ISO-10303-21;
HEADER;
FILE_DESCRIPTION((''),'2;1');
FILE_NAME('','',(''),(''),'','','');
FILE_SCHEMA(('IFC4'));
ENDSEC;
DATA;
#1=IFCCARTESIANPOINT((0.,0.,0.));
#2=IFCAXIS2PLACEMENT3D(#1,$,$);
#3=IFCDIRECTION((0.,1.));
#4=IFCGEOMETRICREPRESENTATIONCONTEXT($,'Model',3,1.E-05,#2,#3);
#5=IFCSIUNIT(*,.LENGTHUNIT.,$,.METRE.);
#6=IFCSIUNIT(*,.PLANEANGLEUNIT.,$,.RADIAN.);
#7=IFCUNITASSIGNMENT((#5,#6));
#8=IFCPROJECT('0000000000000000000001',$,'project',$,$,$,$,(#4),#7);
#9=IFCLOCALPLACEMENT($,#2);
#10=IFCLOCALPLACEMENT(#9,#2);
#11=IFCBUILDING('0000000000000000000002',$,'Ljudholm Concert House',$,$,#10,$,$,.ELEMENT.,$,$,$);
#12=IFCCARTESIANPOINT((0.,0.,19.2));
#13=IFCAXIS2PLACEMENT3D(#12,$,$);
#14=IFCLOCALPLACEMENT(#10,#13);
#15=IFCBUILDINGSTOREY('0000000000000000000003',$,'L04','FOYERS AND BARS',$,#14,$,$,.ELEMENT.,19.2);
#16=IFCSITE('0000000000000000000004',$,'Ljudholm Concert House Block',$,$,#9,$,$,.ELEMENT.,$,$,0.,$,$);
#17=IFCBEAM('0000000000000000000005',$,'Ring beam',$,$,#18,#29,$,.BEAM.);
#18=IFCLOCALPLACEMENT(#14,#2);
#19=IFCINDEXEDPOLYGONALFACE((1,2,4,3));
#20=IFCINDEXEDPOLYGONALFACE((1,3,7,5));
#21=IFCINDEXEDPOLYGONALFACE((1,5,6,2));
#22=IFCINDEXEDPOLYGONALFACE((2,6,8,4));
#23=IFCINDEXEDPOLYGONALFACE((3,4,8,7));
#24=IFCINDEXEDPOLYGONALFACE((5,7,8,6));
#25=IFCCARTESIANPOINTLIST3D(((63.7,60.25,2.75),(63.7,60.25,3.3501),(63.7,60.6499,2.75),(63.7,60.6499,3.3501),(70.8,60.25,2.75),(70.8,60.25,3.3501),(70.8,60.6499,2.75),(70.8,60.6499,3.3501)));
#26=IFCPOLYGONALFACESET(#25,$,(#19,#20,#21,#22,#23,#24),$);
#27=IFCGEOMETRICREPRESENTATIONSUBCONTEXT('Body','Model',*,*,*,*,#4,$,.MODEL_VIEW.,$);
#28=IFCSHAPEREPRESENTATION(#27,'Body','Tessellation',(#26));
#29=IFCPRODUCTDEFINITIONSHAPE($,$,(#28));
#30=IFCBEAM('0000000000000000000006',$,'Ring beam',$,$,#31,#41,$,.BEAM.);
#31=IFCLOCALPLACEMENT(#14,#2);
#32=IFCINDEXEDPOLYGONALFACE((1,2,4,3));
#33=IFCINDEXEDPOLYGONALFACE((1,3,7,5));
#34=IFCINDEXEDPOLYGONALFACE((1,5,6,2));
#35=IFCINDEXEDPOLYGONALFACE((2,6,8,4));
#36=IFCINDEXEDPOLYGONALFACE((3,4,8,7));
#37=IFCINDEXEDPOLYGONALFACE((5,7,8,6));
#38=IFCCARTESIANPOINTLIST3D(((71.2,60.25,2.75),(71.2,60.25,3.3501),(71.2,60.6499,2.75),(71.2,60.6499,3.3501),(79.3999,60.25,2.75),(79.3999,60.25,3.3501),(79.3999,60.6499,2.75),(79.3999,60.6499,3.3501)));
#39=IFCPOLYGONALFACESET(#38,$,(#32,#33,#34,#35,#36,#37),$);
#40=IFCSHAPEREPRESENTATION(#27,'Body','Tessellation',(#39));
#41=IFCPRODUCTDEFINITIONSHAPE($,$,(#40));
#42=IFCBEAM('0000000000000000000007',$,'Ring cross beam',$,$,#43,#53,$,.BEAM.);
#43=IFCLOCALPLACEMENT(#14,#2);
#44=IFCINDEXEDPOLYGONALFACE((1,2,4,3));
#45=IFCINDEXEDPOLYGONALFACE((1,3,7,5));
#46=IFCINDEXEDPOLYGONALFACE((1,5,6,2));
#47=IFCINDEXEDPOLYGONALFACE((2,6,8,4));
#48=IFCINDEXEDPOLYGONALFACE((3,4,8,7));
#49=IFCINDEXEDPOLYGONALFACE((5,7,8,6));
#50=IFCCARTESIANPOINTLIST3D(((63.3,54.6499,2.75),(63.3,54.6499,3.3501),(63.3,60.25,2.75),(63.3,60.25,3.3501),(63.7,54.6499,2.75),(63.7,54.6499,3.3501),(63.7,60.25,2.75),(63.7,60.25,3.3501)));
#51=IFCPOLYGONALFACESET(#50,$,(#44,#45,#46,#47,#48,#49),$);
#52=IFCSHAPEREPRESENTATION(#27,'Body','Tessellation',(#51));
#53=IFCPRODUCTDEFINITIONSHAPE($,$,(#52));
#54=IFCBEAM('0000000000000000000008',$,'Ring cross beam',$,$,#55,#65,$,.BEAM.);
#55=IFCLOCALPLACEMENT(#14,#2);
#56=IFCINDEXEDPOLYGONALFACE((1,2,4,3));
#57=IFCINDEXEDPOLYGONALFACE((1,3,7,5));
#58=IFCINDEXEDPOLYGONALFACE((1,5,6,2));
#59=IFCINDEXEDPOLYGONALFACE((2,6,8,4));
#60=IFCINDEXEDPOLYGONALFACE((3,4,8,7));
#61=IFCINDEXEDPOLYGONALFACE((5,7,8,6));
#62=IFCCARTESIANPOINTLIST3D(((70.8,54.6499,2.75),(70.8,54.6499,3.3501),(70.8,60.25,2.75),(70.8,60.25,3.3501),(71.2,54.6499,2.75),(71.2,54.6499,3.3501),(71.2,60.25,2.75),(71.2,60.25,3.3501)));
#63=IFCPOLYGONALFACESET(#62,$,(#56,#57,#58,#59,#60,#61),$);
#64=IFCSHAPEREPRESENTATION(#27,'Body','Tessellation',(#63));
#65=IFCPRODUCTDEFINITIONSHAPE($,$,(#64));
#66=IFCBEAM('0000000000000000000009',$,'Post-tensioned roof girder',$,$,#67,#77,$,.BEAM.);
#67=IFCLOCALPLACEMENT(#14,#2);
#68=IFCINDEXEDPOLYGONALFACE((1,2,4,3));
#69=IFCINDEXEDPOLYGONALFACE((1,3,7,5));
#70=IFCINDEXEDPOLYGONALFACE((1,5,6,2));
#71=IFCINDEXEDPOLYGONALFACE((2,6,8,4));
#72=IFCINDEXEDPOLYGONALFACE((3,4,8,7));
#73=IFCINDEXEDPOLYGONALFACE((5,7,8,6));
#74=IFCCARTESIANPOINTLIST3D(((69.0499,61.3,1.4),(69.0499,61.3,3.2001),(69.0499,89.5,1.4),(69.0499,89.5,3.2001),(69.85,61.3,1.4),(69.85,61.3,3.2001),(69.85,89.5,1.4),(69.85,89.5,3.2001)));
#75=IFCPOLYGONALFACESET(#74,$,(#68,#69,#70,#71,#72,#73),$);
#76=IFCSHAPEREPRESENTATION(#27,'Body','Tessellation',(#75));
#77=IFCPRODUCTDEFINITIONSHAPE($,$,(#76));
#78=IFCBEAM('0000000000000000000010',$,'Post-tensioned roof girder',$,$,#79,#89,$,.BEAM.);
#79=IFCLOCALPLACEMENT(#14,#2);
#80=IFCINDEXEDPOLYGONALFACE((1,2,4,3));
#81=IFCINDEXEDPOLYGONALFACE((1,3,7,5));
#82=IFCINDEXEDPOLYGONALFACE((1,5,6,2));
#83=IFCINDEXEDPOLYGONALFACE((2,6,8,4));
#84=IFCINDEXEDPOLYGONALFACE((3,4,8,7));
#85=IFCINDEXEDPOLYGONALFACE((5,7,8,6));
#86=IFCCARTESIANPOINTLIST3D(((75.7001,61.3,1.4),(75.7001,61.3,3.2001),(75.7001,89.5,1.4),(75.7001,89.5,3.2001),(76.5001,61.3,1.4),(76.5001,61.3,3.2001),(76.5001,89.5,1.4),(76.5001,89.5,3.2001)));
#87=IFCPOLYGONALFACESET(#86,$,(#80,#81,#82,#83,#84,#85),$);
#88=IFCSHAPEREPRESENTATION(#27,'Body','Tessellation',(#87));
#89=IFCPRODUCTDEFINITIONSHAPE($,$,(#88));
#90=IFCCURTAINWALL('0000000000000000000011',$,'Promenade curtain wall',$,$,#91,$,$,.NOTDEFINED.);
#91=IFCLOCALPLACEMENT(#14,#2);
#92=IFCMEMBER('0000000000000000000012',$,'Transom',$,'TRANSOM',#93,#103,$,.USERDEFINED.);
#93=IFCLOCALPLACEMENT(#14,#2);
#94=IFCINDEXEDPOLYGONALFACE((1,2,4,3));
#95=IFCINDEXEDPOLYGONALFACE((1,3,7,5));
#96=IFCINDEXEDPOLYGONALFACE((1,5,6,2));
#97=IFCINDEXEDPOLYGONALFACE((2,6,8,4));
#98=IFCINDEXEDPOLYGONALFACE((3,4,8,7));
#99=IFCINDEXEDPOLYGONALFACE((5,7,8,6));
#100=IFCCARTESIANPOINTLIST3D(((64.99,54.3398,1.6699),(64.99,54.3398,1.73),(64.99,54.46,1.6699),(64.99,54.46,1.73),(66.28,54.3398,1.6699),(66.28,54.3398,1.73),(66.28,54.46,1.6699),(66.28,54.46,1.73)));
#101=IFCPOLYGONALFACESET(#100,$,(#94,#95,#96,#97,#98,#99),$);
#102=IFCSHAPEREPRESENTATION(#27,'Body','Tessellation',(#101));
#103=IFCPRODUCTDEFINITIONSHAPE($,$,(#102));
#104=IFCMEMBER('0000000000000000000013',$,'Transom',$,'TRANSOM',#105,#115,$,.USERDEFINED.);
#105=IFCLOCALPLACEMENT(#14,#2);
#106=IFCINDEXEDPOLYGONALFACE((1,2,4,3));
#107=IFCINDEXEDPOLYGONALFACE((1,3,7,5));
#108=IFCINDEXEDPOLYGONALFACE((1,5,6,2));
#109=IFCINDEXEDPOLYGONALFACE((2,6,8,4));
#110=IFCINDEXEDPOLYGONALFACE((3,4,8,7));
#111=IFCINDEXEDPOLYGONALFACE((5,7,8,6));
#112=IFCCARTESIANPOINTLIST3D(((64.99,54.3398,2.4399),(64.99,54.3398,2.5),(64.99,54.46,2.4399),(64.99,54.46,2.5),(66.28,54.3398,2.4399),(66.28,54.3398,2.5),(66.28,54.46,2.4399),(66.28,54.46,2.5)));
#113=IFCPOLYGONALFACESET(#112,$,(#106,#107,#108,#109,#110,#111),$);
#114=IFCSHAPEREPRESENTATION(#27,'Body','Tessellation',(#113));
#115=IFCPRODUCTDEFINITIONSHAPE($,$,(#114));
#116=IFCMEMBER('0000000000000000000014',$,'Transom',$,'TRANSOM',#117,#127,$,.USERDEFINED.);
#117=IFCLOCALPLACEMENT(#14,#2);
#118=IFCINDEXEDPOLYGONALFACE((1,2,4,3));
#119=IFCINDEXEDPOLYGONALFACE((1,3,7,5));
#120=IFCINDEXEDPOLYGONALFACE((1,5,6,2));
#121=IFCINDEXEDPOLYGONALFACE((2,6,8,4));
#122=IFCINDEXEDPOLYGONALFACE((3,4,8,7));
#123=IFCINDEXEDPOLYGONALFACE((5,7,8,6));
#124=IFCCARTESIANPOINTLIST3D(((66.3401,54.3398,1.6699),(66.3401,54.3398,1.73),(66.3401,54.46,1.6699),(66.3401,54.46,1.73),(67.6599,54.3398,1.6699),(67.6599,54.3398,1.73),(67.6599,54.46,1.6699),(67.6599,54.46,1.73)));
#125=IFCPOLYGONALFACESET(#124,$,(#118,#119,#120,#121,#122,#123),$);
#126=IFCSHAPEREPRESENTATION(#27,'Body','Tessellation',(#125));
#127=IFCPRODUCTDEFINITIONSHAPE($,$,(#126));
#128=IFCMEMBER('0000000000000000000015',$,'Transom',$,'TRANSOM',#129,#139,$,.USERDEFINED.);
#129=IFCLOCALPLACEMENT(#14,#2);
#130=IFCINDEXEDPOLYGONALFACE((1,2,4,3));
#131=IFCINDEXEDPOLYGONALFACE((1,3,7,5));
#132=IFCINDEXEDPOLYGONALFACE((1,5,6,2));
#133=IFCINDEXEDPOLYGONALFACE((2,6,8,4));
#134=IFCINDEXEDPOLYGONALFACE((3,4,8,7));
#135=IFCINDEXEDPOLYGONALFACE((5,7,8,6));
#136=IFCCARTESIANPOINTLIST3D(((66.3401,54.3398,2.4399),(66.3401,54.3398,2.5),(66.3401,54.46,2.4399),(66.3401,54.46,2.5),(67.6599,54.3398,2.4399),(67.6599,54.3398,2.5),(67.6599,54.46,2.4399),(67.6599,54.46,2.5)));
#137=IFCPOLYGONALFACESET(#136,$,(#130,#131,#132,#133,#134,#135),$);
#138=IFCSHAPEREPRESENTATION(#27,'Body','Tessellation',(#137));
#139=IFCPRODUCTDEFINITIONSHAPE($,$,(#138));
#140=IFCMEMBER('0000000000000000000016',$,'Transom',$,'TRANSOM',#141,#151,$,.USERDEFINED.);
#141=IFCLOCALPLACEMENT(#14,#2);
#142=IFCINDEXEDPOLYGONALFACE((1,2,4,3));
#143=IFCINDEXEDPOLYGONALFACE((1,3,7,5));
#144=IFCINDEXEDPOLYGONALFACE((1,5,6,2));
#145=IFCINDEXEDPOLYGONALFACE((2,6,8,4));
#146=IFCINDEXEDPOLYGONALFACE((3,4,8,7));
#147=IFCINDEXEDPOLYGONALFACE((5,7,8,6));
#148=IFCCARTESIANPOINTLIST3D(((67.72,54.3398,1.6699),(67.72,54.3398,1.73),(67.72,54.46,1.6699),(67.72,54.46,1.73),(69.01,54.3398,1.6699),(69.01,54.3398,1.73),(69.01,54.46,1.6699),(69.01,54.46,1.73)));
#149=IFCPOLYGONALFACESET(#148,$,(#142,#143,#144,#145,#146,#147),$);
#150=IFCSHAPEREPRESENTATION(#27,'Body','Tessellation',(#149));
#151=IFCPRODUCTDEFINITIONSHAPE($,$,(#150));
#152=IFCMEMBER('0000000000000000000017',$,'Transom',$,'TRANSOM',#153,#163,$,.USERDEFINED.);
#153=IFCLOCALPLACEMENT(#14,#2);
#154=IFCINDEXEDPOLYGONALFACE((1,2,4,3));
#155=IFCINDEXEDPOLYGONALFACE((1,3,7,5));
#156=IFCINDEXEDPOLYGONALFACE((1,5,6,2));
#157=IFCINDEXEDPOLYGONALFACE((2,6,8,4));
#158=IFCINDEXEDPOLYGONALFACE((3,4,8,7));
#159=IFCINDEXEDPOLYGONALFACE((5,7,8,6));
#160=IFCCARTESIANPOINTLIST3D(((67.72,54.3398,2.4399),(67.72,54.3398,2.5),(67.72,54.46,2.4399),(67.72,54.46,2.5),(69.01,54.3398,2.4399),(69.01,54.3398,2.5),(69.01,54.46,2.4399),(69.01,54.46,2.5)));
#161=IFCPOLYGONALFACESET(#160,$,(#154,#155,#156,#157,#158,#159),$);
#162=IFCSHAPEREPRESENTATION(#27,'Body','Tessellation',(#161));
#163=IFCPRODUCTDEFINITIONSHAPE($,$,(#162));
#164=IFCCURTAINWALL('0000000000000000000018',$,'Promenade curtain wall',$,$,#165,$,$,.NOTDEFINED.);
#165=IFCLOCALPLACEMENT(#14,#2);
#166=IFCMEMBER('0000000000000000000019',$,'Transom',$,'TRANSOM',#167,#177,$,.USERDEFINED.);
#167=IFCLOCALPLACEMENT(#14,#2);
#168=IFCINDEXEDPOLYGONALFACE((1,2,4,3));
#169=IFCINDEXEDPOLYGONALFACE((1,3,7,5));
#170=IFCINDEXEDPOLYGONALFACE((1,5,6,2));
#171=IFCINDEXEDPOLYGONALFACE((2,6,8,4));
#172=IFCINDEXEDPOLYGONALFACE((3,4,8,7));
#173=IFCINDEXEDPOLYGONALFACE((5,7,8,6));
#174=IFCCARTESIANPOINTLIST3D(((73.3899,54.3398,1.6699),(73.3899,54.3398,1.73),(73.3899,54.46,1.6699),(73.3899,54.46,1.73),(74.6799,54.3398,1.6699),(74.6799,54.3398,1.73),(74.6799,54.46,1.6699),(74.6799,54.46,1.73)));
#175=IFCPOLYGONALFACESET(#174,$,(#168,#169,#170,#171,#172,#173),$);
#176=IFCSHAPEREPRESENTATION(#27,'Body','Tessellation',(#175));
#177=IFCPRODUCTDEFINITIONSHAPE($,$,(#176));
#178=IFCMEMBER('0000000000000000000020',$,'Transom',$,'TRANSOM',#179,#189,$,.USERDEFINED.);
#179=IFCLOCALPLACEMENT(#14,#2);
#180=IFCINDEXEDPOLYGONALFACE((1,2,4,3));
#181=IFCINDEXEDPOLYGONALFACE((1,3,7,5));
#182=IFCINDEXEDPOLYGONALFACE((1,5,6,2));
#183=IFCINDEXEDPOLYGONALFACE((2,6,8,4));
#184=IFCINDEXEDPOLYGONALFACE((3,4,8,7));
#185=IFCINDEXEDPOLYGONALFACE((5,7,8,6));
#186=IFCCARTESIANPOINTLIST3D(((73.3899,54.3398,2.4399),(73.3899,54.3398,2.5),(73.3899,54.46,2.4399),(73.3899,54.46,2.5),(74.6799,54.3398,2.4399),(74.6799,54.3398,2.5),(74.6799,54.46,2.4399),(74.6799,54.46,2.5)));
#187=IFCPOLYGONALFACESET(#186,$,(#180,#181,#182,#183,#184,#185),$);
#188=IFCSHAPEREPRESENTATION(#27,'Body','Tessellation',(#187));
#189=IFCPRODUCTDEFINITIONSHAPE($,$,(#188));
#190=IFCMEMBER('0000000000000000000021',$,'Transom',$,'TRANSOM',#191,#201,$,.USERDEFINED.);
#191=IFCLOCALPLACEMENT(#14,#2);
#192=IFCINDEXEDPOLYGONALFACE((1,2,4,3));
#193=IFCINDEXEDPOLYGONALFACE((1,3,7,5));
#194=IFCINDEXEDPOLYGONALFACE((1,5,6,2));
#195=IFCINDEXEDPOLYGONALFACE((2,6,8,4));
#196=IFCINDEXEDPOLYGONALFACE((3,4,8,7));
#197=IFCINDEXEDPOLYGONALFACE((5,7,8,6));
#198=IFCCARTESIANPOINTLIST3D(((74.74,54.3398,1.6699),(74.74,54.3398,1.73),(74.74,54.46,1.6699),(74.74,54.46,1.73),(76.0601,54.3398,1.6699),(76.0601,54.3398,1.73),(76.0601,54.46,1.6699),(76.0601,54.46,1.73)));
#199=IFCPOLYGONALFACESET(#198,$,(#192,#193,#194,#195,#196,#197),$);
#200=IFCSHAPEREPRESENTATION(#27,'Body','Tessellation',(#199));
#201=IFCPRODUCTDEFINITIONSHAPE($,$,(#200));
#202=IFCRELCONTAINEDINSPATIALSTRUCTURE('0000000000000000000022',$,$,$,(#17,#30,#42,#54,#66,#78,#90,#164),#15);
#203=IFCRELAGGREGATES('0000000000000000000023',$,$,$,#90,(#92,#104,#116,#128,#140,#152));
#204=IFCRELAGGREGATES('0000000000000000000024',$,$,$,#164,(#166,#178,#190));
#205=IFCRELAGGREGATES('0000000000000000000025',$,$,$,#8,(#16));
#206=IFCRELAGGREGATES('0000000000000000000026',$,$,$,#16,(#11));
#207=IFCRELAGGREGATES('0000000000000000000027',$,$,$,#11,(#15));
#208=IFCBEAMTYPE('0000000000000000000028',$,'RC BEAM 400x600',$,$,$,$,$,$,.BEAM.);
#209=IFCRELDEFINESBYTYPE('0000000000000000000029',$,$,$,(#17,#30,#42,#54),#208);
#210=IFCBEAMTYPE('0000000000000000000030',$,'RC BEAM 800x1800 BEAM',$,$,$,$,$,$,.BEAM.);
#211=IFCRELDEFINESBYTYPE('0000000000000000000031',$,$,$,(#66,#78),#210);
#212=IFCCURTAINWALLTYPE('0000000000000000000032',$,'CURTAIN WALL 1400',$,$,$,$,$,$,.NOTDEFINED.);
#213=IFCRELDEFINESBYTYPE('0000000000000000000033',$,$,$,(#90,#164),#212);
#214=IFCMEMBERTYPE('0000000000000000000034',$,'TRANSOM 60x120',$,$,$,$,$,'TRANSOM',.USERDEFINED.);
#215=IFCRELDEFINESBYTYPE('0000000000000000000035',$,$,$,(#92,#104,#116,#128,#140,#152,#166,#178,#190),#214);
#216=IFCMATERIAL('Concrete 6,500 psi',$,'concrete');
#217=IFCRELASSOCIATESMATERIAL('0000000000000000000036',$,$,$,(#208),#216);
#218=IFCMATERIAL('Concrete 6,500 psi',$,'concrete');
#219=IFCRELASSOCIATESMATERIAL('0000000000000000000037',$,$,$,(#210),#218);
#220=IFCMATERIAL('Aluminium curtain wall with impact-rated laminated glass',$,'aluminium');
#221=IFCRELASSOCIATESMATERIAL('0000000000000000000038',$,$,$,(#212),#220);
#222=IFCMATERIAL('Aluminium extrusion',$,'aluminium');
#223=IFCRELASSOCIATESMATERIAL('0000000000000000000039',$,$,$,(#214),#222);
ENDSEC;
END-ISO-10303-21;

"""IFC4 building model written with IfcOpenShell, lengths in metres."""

from ifc_helpers import new_model, si_unit, direction, frame, origin, origin_2d, place, context, subcontext, project, spatial, rectangle, extrude, material, material_profile, profile_set, type_object, element, aggregate, save


model = new_model("IFC4")

# Units and contexts
model_context = context("Model", 3, precision=1e-05, world=origin(), true_north=direction((0.0, 1.0)))
body_context = subcontext(model_context, "Body", "Model", "MODEL_VIEW")
ifc_project = project(units=[si_unit("LENGTHUNIT", "METRE"), si_unit("PLANEANGLEUNIT", "RADIAN")], contexts=[model_context])

# Site, building, storey
site_placement = place(None, origin())
site = spatial("IfcSite", under=ifc_project, at=site_placement, Name="Ljudholm Concert House Block", CompositionType="ELEMENT", RefElevation=0.0)
building_placement = place(site_placement, origin())
building = spatial("IfcBuilding", under=site, at=building_placement, Name="Ljudholm Concert House", CompositionType="ELEMENT")
storey_placement = place(building_placement, frame((0.0, 0.0, 19.2)))
storey = spatial("IfcBuildingStorey", under=building, at=storey_placement, Name="L04", Description="FOYERS AND BARS", CompositionType="ELEMENT", Elevation=19.2)

# Beams
ifc_material_1 = material(Name="Concrete 6,500 psi", Category="concrete")
ifc_material_profile_1 = material_profile(ifc_material_1, rectangle(XDim=0.3999, YDim=0.6001, at=origin_2d()), Name="RC BEAM 400x600")
ifc_profile_set_1 = profile_set([ifc_material_profile_1], Name="Concrete 6,500 psi")
beam_type_1 = type_object("IfcBeamType", Name="RC BEAM 400x600", PredefinedType="BEAM", material=ifc_profile_set_1)
beam_1_placement = place(storey_placement, frame((63.7, 60.45, 3.05), z_axis=(1.0, 0.0, 0.0), x_axis=(0.0, 1.0, 0.0)))
element("IfcBeam", 1, at=beam_1_placement, inside=storey, type_object=beam_type_1, Name="Ring beam", PredefinedType="BEAM", context=body_context, shape_type="SweptSolid", body=[
    extrude(rectangle(XDim=0.3999, YDim=0.6001, at=origin_2d()), origin(), (0.0, 0.0, 1.0), 7.1001),
])
beam_2_placement = place(storey_placement, frame((71.2, 60.45, 3.05), z_axis=(1.0, 0.0, 0.0), x_axis=(0.0, 1.0, 0.0)))
element("IfcBeam", 2, at=beam_2_placement, inside=storey, type_object=beam_type_1, Name="Ring beam", PredefinedType="BEAM", context=body_context, shape_type="SweptSolid", body=[
    extrude(rectangle(XDim=0.3999, YDim=0.6001, at=origin_2d()), origin(), (0.0, 0.0, 1.0), 8.2),
])
for number, where, z_axis, x_axis, name in (
    (3, (63.5, 60.25, 3.05), (0.0, -1.0, 0.0), (1.0, 0.0, 0.0), "Ring cross beam"),
    (4, (71.0, 60.25, 3.05), (0.0, -1.0, 0.0), (1.0, 0.0, 0.0), "Ring cross beam"),
):
    element("IfcBeam", number, at=place(storey_placement, frame(where, z_axis=z_axis, x_axis=x_axis)), inside=storey, type_object=beam_type_1, Name=name, PredefinedType="BEAM", context=body_context, shape_type="SweptSolid", body=[
        extrude(rectangle(XDim=0.3999, YDim=0.6001, at=origin_2d()), origin(), (0.0, 0.0, 1.0), 5.6001),
    ])
ifc_material_2 = material(Name="Concrete 6,500 psi", Category="concrete")
ifc_material_profile_2 = material_profile(ifc_material_2, rectangle(XDim=0.8, YDim=1.8, at=origin_2d()), Name="RC BEAM 800x1800 BEAM")
ifc_profile_set_2 = profile_set([ifc_material_profile_2], Name="Concrete 6,500 psi")
beam_type_2 = type_object("IfcBeamType", Name="RC BEAM 800x1800 BEAM", PredefinedType="BEAM", material=ifc_profile_set_2)
for number, where, z_axis, x_axis, name in (
    (5, (69.45, 61.3, 2.3), (0.0, 1.0, 0.0), (-1.0, 0.0, 0.0), "Post-tensioned roof girder"),
    (6, (76.1001, 61.3, 2.3), (0.0, 1.0, 0.0), (-1.0, 0.0, 0.0), "Post-tensioned roof girder"),
):
    element("IfcBeam", number, at=place(storey_placement, frame(where, z_axis=z_axis, x_axis=x_axis)), inside=storey, type_object=beam_type_2, Name=name, PredefinedType="BEAM", context=body_context, shape_type="SweptSolid", body=[
        extrude(rectangle(XDim=0.8, YDim=1.8, at=origin_2d()), origin(), (0.0, 0.0, 1.0), 28.2),
    ])

# Curtain walls, members
ifc_material_3 = material(Name="Aluminium curtain wall with impact-rated laminated glass", Category="aluminium")
curtain_wall_type = type_object("IfcCurtainWallType", Name="CURTAIN WALL 1400", PredefinedType="NOTDEFINED", material=ifc_material_3)
curtain_wall_1_placement = place(storey_placement, origin())
curtain_wall_1 = element("IfcCurtainWall", 7, at=curtain_wall_1_placement, inside=storey, type_object=curtain_wall_type, Name="Promenade curtain wall", PredefinedType="NOTDEFINED")
ifc_material_4 = material(Name="Aluminium extrusion", Category="aluminium")
ifc_material_profile_3 = material_profile(ifc_material_4, rectangle(XDim=0.1201, YDim=0.0601, at=origin_2d()), Name="TRANSOM 60x120")
ifc_profile_set_3 = profile_set([ifc_material_profile_3], Name="Aluminium extrusion")
member_type = type_object("IfcMemberType", Name="TRANSOM 60x120", ElementType="TRANSOM", PredefinedType="USERDEFINED", material=ifc_profile_set_3)
member_1_placement = place(storey_placement, frame((64.99, 54.3999, 1.7), z_axis=(1.0, 0.0, 0.0), x_axis=(0.0, 1.0, 0.0)))
member_1 = element("IfcMember", 8, at=member_1_placement, type_object=member_type, Name="Transom", ObjectType="TRANSOM", PredefinedType="USERDEFINED", context=body_context, shape_type="SweptSolid", body=[
    extrude(rectangle(XDim=0.1201, YDim=0.0601, at=origin_2d()), origin(), (0.0, 0.0, 1.0), 1.29),
])
member_2_placement = place(storey_placement, frame((64.99, 54.3999, 2.47), z_axis=(1.0, 0.0, 0.0), x_axis=(0.0, 1.0, 0.0)))
member_2 = element("IfcMember", 9, at=member_2_placement, type_object=member_type, Name="Transom", ObjectType="TRANSOM", PredefinedType="USERDEFINED", context=body_context, shape_type="SweptSolid", body=[
    extrude(rectangle(XDim=0.1201, YDim=0.0601, at=origin_2d()), origin(), (0.0, 0.0, 1.0), 1.29),
])
member_3_placement = place(storey_placement, frame((66.3401, 54.3999, 1.7), z_axis=(1.0, 0.0, 0.0), x_axis=(0.0, 1.0, 0.0)))
member_3 = element("IfcMember", 10, at=member_3_placement, type_object=member_type, Name="Transom", ObjectType="TRANSOM", PredefinedType="USERDEFINED", context=body_context, shape_type="SweptSolid", body=[
    extrude(rectangle(XDim=0.1201, YDim=0.0601, at=origin_2d()), origin(), (0.0, 0.0, 1.0), 1.3198),
])
member_4_placement = place(storey_placement, frame((66.3401, 54.3999, 2.47), z_axis=(1.0, 0.0, 0.0), x_axis=(0.0, 1.0, 0.0)))
member_4 = element("IfcMember", 11, at=member_4_placement, type_object=member_type, Name="Transom", ObjectType="TRANSOM", PredefinedType="USERDEFINED", context=body_context, shape_type="SweptSolid", body=[
    extrude(rectangle(XDim=0.1201, YDim=0.0601, at=origin_2d()), origin(), (0.0, 0.0, 1.0), 1.3198),
])
member_5_placement = place(storey_placement, frame((67.72, 54.3999, 1.7), z_axis=(1.0, 0.0, 0.0), x_axis=(0.0, 1.0, 0.0)))
member_5 = element("IfcMember", 12, at=member_5_placement, type_object=member_type, Name="Transom", ObjectType="TRANSOM", PredefinedType="USERDEFINED", context=body_context, shape_type="SweptSolid", body=[
    extrude(rectangle(XDim=0.1201, YDim=0.0601, at=origin_2d()), origin(), (0.0, 0.0, 1.0), 1.29),
])
member_6_placement = place(storey_placement, frame((67.72, 54.3999, 2.47), z_axis=(1.0, 0.0, 0.0), x_axis=(0.0, 1.0, 0.0)))
member_6 = element("IfcMember", 13, at=member_6_placement, type_object=member_type, Name="Transom", ObjectType="TRANSOM", PredefinedType="USERDEFINED", context=body_context, shape_type="SweptSolid", body=[
    extrude(rectangle(XDim=0.1201, YDim=0.0601, at=origin_2d()), origin(), (0.0, 0.0, 1.0), 1.29),
])
curtain_wall_2_placement = place(storey_placement, origin())
curtain_wall_2 = element("IfcCurtainWall", 14, at=curtain_wall_2_placement, inside=storey, type_object=curtain_wall_type, Name="Promenade curtain wall", PredefinedType="NOTDEFINED")
member_7_placement = place(storey_placement, frame((73.3899, 54.3999, 1.7), z_axis=(1.0, 0.0, 0.0), x_axis=(0.0, 1.0, 0.0)))
member_7 = element("IfcMember", 15, at=member_7_placement, type_object=member_type, Name="Transom", ObjectType="TRANSOM", PredefinedType="USERDEFINED", context=body_context, shape_type="SweptSolid", body=[
    extrude(rectangle(XDim=0.1201, YDim=0.0601, at=origin_2d()), origin(), (0.0, 0.0, 1.0), 1.29),
])
member_8_placement = place(storey_placement, frame((73.3899, 54.3999, 2.47), z_axis=(1.0, 0.0, 0.0), x_axis=(0.0, 1.0, 0.0)))
member_8 = element("IfcMember", 16, at=member_8_placement, type_object=member_type, Name="Transom", ObjectType="TRANSOM", PredefinedType="USERDEFINED", context=body_context, shape_type="SweptSolid", body=[
    extrude(rectangle(XDim=0.1201, YDim=0.0601, at=origin_2d()), origin(), (0.0, 0.0, 1.0), 1.29),
])
member_9_placement = place(storey_placement, frame((74.74, 54.3999, 1.7), z_axis=(1.0, 0.0, 0.0), x_axis=(0.0, 1.0, 0.0)))
member_9 = element("IfcMember", 17, at=member_9_placement, type_object=member_type, Name="Transom", ObjectType="TRANSOM", PredefinedType="USERDEFINED", context=body_context, shape_type="SweptSolid", body=[
    extrude(rectangle(XDim=0.1201, YDim=0.0601, at=origin_2d()), origin(), (0.0, 0.0, 1.0), 1.3201),
])

aggregate(curtain_wall_1, [member_1, member_2, member_3, member_4, member_5, member_6])
aggregate(curtain_wall_2, [member_7, member_8, member_9])

save(model, "model.ifc")
